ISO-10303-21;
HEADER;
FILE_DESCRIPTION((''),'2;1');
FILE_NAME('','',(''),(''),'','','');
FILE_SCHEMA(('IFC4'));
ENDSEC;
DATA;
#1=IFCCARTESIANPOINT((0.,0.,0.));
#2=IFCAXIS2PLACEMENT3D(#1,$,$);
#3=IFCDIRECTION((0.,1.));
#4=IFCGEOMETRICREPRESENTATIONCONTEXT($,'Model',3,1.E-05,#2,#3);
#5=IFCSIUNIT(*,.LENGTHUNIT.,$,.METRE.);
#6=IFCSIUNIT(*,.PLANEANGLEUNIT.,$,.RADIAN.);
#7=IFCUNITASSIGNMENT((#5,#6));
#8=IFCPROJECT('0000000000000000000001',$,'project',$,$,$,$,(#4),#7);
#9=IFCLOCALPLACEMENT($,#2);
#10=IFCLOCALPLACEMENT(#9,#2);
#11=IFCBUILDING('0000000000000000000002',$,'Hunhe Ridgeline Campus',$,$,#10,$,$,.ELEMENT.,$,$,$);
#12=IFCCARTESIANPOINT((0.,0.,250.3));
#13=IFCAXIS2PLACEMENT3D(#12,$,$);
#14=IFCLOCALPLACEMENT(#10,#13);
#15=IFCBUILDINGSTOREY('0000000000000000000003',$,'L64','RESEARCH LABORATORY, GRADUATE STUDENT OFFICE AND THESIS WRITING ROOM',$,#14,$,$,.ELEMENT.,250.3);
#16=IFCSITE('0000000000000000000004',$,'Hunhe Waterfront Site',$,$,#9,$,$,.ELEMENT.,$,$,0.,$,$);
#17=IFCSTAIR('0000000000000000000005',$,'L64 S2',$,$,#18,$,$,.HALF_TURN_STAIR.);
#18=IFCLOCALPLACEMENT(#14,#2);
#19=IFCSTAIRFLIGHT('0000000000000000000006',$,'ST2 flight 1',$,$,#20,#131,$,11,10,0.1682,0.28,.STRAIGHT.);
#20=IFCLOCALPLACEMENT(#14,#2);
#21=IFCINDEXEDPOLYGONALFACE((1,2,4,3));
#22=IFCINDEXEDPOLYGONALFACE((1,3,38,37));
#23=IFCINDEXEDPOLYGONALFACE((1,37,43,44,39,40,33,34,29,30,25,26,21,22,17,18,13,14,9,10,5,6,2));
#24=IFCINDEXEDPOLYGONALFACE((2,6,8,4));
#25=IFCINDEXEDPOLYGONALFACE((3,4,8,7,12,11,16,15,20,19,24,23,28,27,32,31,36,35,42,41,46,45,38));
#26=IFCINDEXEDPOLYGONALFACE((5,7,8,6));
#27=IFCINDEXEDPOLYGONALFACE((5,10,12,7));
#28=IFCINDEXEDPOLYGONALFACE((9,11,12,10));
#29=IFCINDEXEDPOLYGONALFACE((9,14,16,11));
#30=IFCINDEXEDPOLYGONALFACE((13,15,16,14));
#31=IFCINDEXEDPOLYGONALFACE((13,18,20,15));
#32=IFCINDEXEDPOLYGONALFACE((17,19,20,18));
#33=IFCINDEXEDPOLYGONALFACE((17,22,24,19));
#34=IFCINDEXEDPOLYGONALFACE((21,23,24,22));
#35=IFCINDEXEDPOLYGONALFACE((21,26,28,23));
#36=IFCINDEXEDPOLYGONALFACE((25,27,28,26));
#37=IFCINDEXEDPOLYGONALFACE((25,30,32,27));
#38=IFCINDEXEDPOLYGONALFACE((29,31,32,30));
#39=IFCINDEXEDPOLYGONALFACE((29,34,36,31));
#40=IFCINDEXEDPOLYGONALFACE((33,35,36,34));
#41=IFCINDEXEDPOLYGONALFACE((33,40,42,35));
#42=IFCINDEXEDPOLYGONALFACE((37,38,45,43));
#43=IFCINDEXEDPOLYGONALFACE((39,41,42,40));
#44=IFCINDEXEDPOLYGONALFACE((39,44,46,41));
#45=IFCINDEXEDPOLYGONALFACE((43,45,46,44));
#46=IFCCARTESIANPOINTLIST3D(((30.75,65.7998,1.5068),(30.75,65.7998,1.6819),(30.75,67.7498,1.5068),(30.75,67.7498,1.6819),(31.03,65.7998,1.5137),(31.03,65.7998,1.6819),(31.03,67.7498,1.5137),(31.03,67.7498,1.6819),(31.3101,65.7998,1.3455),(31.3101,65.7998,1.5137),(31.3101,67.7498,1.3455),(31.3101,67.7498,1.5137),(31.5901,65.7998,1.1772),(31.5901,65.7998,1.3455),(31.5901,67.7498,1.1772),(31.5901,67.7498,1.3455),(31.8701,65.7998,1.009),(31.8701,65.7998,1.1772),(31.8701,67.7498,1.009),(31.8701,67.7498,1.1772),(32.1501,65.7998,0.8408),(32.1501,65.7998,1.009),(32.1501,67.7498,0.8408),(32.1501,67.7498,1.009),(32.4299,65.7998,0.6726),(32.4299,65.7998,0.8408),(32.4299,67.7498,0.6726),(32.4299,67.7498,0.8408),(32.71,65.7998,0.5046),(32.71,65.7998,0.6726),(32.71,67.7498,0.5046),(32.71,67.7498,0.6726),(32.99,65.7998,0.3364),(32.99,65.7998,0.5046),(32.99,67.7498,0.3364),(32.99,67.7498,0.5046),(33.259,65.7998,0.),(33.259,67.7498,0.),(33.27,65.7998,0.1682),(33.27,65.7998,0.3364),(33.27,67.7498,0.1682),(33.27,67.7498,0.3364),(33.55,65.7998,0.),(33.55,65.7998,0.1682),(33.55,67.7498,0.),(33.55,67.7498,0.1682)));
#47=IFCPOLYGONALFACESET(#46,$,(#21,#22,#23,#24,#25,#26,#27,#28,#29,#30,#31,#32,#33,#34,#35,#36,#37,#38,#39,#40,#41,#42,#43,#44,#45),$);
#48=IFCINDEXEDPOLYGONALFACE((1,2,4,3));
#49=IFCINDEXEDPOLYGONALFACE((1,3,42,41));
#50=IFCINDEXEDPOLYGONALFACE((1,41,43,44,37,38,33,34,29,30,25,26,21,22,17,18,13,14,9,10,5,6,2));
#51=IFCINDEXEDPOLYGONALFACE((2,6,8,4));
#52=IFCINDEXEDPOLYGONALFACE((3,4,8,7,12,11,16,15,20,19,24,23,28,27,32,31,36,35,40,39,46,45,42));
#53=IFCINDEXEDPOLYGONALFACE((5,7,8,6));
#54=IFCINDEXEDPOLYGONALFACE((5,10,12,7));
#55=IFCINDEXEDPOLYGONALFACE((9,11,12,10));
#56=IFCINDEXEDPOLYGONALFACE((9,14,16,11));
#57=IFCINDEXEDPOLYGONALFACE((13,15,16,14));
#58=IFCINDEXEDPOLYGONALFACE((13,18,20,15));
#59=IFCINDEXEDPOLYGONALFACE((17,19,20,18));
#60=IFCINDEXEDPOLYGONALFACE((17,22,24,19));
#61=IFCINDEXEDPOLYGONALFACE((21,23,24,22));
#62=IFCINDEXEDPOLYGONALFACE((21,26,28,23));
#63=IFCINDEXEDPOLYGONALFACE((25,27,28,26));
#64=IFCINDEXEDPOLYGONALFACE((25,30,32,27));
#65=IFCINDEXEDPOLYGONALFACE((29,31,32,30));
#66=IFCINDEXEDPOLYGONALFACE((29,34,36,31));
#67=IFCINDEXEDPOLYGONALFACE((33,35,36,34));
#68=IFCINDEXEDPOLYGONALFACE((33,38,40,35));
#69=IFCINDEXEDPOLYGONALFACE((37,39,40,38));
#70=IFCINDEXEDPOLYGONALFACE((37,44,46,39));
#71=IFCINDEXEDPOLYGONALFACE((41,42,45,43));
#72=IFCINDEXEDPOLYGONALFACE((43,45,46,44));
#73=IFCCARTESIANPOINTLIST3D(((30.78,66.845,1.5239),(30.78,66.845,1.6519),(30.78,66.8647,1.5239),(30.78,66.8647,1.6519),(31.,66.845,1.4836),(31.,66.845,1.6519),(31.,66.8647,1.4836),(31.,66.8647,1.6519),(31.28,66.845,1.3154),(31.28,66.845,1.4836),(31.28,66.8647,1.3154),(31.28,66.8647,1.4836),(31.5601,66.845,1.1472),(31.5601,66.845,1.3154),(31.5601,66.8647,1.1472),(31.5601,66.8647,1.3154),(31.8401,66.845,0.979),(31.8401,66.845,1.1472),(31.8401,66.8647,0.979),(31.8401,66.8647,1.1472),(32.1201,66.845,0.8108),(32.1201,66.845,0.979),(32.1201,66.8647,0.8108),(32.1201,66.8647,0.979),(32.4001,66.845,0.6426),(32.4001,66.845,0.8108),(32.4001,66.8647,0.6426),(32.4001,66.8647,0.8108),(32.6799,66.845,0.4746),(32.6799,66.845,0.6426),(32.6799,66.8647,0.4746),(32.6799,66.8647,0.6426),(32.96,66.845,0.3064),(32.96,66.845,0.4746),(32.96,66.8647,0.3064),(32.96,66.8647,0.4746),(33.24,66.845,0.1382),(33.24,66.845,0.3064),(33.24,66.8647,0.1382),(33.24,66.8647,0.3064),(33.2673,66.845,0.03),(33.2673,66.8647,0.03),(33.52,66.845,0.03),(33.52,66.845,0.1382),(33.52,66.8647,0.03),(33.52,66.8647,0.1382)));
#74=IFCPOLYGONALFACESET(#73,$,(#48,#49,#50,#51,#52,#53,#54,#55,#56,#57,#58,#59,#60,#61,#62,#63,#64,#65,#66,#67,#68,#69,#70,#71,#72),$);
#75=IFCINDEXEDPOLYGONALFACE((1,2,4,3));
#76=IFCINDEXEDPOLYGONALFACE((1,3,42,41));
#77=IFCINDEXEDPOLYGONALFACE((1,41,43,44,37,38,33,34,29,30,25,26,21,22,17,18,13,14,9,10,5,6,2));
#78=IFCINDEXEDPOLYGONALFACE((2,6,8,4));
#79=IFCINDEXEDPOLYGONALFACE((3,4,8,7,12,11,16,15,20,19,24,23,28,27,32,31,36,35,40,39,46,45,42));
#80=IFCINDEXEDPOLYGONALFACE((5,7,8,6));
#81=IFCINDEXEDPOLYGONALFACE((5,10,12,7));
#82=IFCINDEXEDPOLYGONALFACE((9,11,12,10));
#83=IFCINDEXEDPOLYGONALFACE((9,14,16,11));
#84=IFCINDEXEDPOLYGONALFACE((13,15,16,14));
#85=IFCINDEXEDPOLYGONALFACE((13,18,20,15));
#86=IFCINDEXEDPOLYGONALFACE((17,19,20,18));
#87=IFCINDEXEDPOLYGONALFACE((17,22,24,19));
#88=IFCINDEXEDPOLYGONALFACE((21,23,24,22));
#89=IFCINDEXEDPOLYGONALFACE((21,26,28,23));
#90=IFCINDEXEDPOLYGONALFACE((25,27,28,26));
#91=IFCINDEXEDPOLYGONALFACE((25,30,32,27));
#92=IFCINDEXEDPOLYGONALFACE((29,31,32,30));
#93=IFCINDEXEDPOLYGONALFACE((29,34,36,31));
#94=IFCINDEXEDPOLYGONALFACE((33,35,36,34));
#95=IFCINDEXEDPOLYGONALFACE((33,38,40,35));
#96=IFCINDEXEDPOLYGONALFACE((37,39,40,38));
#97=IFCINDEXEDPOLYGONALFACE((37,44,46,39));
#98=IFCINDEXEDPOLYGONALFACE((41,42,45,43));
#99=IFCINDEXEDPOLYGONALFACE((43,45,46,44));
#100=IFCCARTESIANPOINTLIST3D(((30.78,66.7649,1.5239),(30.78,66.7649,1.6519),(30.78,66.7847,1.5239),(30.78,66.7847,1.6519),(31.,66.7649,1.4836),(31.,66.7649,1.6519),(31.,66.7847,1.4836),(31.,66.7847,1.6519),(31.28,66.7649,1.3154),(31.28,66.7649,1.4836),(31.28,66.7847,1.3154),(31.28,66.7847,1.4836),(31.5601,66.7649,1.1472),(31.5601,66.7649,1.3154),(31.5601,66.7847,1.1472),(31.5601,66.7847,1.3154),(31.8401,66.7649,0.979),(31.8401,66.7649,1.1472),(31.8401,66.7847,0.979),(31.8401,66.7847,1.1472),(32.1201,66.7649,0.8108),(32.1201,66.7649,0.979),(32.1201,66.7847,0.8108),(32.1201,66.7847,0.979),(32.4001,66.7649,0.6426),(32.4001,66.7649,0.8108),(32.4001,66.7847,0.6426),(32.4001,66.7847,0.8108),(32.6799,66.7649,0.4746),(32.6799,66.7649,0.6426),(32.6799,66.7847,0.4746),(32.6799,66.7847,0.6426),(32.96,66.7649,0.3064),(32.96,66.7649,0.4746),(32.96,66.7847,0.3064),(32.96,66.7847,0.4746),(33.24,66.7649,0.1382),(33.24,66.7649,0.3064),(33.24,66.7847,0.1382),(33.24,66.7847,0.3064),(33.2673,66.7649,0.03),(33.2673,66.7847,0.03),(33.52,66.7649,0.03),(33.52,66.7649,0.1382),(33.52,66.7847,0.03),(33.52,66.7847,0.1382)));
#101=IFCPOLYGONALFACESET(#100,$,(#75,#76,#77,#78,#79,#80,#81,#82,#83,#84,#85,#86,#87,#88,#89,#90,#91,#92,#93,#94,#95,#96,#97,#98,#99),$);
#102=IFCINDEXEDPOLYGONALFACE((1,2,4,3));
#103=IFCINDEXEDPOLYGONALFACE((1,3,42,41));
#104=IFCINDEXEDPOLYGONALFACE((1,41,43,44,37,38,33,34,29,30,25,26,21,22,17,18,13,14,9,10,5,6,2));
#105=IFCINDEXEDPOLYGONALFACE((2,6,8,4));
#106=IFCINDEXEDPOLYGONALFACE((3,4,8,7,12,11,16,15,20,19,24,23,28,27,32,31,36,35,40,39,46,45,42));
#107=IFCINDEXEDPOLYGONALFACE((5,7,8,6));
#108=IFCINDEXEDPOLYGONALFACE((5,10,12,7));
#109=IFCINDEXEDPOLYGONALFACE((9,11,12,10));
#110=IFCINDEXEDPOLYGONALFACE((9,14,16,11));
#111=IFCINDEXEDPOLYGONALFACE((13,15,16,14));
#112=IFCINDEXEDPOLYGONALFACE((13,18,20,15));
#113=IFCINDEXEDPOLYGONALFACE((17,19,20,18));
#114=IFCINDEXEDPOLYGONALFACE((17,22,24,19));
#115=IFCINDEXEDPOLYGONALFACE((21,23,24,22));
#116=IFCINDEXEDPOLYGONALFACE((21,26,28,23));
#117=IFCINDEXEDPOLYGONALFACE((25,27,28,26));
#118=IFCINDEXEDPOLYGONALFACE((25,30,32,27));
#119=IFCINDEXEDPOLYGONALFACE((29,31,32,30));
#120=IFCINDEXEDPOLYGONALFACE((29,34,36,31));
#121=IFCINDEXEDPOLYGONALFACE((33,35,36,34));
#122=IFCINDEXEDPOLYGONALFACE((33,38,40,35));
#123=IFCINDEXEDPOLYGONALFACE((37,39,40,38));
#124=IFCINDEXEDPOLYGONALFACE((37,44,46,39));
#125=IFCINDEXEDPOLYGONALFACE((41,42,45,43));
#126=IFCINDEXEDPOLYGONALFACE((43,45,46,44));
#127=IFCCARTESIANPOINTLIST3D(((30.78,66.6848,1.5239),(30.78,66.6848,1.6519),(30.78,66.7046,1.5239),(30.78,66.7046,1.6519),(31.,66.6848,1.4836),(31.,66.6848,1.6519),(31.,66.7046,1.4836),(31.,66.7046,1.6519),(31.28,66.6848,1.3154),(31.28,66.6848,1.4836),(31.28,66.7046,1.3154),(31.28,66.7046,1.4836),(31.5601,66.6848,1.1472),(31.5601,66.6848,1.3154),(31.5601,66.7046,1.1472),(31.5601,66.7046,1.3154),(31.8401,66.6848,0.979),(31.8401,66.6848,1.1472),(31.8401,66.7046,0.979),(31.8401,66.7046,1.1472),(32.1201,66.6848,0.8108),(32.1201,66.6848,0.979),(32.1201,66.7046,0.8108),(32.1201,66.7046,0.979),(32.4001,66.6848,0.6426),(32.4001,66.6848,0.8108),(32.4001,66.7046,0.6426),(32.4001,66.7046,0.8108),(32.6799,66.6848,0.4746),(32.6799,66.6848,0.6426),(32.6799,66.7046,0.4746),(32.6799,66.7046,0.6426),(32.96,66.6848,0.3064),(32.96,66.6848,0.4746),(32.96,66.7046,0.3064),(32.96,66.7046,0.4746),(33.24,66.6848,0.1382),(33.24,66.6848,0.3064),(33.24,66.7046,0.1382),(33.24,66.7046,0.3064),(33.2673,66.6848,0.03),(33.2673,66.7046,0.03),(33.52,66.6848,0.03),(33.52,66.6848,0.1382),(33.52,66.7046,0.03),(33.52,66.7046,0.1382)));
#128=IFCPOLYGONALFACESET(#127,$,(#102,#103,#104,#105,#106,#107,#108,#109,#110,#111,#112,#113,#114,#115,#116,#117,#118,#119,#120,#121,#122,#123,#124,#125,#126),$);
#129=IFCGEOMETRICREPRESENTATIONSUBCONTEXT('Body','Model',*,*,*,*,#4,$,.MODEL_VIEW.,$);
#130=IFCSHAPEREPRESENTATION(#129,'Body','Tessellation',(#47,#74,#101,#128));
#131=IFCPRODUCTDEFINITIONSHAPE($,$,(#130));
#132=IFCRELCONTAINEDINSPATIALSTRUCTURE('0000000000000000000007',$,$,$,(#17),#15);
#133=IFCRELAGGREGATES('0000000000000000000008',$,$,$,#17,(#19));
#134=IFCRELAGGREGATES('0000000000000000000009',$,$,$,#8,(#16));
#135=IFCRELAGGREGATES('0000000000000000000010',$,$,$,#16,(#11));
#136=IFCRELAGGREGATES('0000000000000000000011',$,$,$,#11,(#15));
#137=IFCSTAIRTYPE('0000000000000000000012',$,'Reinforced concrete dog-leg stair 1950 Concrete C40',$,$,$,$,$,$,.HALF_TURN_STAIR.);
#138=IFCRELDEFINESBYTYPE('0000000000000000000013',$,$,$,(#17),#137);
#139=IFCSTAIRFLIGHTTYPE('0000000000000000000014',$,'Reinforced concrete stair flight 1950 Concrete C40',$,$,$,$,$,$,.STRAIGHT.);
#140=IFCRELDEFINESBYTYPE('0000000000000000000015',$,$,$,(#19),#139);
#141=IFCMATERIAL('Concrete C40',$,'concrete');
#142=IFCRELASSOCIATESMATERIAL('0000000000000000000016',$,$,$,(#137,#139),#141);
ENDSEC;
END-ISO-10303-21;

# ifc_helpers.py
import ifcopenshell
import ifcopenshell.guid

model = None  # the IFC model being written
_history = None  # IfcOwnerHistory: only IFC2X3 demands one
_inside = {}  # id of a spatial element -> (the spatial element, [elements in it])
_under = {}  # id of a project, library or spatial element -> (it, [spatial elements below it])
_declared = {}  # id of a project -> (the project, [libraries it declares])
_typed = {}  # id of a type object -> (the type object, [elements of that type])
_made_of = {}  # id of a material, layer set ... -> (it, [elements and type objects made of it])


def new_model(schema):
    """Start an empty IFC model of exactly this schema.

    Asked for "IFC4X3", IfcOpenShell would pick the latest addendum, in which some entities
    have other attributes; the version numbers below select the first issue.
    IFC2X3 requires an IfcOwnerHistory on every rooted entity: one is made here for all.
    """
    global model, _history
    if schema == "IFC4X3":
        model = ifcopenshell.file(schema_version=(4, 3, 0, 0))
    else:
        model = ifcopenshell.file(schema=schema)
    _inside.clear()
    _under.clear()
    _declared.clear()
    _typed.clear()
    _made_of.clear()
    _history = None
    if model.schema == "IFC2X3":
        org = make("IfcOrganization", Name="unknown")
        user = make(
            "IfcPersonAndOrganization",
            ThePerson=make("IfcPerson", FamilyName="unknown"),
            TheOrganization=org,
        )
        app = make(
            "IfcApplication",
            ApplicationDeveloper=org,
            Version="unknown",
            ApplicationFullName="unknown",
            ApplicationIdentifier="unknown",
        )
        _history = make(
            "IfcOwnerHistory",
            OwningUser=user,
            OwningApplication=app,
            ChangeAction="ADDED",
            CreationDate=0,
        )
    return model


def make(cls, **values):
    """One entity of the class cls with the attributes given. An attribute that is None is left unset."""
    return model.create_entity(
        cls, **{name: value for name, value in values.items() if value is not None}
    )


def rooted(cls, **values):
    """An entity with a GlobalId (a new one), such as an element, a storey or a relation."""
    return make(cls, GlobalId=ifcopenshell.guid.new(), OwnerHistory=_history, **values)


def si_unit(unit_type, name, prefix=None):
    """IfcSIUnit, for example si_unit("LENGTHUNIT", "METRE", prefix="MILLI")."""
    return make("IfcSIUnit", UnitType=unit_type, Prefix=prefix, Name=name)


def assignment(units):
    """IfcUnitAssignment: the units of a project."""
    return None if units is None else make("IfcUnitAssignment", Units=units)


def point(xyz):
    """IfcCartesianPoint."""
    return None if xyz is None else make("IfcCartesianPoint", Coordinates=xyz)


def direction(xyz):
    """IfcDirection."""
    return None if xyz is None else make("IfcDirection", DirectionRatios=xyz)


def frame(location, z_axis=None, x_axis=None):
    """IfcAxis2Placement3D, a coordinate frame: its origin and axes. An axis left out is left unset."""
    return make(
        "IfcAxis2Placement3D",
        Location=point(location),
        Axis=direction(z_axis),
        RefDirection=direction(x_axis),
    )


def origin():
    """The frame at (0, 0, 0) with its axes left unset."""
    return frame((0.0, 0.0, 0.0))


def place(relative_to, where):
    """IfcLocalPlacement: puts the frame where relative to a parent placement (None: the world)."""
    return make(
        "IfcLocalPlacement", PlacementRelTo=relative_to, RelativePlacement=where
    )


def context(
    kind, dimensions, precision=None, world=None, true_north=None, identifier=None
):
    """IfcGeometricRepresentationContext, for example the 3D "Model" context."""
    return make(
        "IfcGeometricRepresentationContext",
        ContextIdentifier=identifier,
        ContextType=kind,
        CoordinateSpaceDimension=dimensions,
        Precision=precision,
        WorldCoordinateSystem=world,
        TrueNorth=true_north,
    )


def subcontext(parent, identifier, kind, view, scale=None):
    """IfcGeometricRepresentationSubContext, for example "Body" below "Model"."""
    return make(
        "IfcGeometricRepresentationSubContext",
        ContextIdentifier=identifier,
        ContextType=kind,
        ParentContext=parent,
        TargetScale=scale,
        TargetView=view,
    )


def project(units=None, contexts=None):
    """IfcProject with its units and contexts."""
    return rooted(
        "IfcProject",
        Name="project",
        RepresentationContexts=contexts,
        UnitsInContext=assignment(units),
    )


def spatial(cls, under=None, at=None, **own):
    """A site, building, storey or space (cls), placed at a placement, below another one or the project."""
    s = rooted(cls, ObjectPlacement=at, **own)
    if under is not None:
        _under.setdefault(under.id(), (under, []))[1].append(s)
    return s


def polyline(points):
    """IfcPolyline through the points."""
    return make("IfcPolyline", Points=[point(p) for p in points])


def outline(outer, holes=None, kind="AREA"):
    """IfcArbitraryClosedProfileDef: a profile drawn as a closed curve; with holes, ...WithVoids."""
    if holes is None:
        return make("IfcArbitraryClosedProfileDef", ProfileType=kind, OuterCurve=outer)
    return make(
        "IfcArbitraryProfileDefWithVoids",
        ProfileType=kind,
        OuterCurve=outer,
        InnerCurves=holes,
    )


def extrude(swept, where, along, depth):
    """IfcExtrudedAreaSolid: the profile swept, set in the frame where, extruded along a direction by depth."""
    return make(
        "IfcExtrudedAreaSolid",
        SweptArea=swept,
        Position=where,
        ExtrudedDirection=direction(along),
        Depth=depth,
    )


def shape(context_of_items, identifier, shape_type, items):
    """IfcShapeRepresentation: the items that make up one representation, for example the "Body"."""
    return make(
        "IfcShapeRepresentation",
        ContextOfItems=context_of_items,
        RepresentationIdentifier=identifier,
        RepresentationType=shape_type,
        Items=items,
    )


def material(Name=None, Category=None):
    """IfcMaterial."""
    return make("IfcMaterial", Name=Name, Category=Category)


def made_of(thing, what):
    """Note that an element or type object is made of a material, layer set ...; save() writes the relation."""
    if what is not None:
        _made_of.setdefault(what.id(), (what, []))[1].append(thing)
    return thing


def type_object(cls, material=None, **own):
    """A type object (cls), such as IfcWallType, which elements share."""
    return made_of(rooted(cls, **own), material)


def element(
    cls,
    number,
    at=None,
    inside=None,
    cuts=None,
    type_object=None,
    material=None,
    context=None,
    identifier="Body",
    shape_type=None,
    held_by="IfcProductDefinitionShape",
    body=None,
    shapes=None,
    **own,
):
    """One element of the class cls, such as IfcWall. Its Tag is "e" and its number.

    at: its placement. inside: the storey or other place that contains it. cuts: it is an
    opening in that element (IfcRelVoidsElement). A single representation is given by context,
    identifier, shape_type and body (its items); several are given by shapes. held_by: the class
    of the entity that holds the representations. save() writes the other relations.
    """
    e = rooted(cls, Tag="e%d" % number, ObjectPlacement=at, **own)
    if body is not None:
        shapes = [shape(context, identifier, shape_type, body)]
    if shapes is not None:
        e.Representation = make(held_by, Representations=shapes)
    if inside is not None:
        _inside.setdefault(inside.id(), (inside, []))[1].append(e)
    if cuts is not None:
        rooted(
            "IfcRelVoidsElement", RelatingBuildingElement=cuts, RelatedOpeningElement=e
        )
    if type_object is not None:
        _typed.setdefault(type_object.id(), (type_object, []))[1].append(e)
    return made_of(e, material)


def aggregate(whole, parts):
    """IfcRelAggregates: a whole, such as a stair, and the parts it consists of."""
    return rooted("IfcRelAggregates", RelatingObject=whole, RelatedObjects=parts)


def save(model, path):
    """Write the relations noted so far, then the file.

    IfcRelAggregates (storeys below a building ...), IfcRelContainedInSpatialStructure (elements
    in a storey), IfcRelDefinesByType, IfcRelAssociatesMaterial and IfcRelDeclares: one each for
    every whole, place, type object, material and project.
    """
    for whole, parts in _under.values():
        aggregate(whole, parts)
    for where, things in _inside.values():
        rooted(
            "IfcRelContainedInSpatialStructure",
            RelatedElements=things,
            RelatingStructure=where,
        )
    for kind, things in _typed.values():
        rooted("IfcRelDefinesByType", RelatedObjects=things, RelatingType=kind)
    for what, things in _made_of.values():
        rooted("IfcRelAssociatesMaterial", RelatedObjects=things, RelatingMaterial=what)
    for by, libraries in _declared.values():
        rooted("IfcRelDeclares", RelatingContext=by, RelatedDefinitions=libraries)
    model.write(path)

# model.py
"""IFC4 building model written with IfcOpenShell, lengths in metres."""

from ifc_helpers import new_model, si_unit, direction, frame, origin, place, context, subcontext, project, spatial, polyline, outline, extrude, material, type_object, element, aggregate, save


model = new_model("IFC4")

# Units and contexts
model_context = context("Model", 3, precision=1e-05, world=origin(), true_north=direction((0.0, 1.0)))
body_context = subcontext(model_context, "Body", "Model", "MODEL_VIEW")
ifc_project = project(units=[si_unit("LENGTHUNIT", "METRE"), si_unit("PLANEANGLEUNIT", "RADIAN")], contexts=[model_context])

# Site, building, storey
site_placement = place(None, origin())
site = spatial("IfcSite", under=ifc_project, at=site_placement, Name="Hunhe Waterfront Site", CompositionType="ELEMENT", RefElevation=0.0)
building_placement = place(site_placement, origin())
building = spatial("IfcBuilding", under=site, at=building_placement, Name="Hunhe Ridgeline Campus", CompositionType="ELEMENT")
storey_placement = place(building_placement, frame((0.0, 0.0, 250.3)))
storey = spatial("IfcBuildingStorey", under=building, at=storey_placement, Name="L64", Description="RESEARCH LABORATORY, GRADUATE STUDENT OFFICE AND THESIS WRITING ROOM", CompositionType="ELEMENT", Elevation=250.3)

# Stair, stair flight
ifc_material_1 = material(Name="Concrete C40", Category="concrete")
stair_type = type_object("IfcStairType", Name="Reinforced concrete dog-leg stair 1950 Concrete C40", PredefinedType="HALF_TURN_STAIR", material=ifc_material_1)
stair_placement = place(storey_placement, origin())
stair = element("IfcStair", 1, at=stair_placement, inside=storey, type_object=stair_type, Name="L64 S2", PredefinedType="HALF_TURN_STAIR")
stair_flight_type = type_object("IfcStairFlightType", Name="Reinforced concrete stair flight 1950 Concrete C40", PredefinedType="STRAIGHT", material=ifc_material_1)
stair_flight_1_placement = place(storey_placement, frame((33.55, 66.7749, 0.0), z_axis=(0.0, 0.0, 1.0), x_axis=(-1.0, 0.0, 0.0)))
stair_flight_1 = element("IfcStairFlight", 2, at=stair_flight_1_placement, type_object=stair_flight_type, Name="ST2 flight 1", NumberOfRisers=11, NumberOfTreads=10, PredefinedType="STRAIGHT", RiserHeight=0.1682, TreadLength=0.28, context=body_context, shape_type="SweptSolid", body=[
    extrude(outline(polyline([(0.0, 0.0), (0.0, 0.1682), (0.28, 0.1682), (0.28, 0.3364), (0.5601, 0.3364), (0.5601, 0.5046), (0.8401, 0.5046), (0.8401, 0.6726), (1.1201, 0.6726), (1.1201, 0.8408), (1.3999, 0.8408), (1.3999, 1.009), (1.6799, 1.009), (1.6799, 1.1772), (1.96, 1.1772), (1.96, 1.3455), (2.24, 1.3455), (2.24, 1.5137), (2.52, 1.5137), (2.52, 1.6819), (2.8, 1.6819), (2.8, 1.8501), (2.8, 1.5068), (0.291, 0.0), (0.0, 0.0)])), frame((0.0, 0.9751, 0.0), z_axis=(0.0, -1.0, 0.0), x_axis=(1.0, 0.0, 0.0)), (0.0, 0.0, 1.0), 1.95),
    extrude(outline(polyline([(0.03, 0.03), (0.03, 0.1382), (0.3101, 0.1382), (0.3101, 0.3064), (0.5901, 0.3064), (0.5901, 0.4746), (0.8701, 0.4746), (0.8701, 0.6426), (1.1499, 0.6426), (1.1499, 0.8108), (1.4299, 0.8108), (1.4299, 0.979), (1.71, 0.979), (1.71, 1.1472), (1.99, 1.1472), (1.99, 1.3154), (2.27, 1.3154), (2.27, 1.4836), (2.55, 1.4836), (2.55, 1.6519), (2.77, 1.6519), (2.77, 1.5239), (0.2827, 0.03), (0.03, 0.03)])), frame((0.0, -0.0701, 0.0), z_axis=(0.0, -1.0, 0.0), x_axis=(1.0, 0.0, 0.0)), (0.0, 0.0, 1.0), 0.0198),
    extrude(outline(polyline([(0.03, 0.03), (0.03, 0.1382), (0.3101, 0.1382), (0.3101, 0.3064), (0.5901, 0.3064), (0.5901, 0.4746), (0.8701, 0.4746), (0.8701, 0.6426), (1.1499, 0.6426), (1.1499, 0.8108), (1.4299, 0.8108), (1.4299, 0.979), (1.71, 0.979), (1.71, 1.1472), (1.99, 1.1472), (1.99, 1.3154), (2.27, 1.3154), (2.27, 1.4836), (2.55, 1.4836), (2.55, 1.6519), (2.77, 1.6519), (2.77, 1.5239), (0.2827, 0.03), (0.03, 0.03)])), frame((0.0, 0.01, 0.0), z_axis=(0.0, -1.0, 0.0), x_axis=(1.0, 0.0, 0.0)), (0.0, 0.0, 1.0), 0.0198),
    extrude(outline(polyline([(0.03, 0.03), (0.03, 0.1382), (0.3101, 0.1382), (0.3101, 0.3064), (0.5901, 0.3064), (0.5901, 0.4746), (0.8701, 0.4746), (0.8701, 0.6426), (1.1499, 0.6426), (1.1499, 0.8108), (1.4299, 0.8108), (1.4299, 0.979), (1.71, 0.979), (1.71, 1.1472), (1.99, 1.1472), (1.99, 1.3154), (2.27, 1.3154), (2.27, 1.4836), (2.55, 1.4836), (2.55, 1.6519), (2.77, 1.6519), (2.77, 1.5239), (0.2827, 0.03), (0.03, 0.03)])), frame((0.0, 0.0901, 0.0), z_axis=(0.0, -1.0, 0.0), x_axis=(1.0, 0.0, 0.0)), (0.0, 0.0, 1.0), 0.0198),
])
aggregate(stair, [stair_flight_1])

save(model, "model.ifc")
